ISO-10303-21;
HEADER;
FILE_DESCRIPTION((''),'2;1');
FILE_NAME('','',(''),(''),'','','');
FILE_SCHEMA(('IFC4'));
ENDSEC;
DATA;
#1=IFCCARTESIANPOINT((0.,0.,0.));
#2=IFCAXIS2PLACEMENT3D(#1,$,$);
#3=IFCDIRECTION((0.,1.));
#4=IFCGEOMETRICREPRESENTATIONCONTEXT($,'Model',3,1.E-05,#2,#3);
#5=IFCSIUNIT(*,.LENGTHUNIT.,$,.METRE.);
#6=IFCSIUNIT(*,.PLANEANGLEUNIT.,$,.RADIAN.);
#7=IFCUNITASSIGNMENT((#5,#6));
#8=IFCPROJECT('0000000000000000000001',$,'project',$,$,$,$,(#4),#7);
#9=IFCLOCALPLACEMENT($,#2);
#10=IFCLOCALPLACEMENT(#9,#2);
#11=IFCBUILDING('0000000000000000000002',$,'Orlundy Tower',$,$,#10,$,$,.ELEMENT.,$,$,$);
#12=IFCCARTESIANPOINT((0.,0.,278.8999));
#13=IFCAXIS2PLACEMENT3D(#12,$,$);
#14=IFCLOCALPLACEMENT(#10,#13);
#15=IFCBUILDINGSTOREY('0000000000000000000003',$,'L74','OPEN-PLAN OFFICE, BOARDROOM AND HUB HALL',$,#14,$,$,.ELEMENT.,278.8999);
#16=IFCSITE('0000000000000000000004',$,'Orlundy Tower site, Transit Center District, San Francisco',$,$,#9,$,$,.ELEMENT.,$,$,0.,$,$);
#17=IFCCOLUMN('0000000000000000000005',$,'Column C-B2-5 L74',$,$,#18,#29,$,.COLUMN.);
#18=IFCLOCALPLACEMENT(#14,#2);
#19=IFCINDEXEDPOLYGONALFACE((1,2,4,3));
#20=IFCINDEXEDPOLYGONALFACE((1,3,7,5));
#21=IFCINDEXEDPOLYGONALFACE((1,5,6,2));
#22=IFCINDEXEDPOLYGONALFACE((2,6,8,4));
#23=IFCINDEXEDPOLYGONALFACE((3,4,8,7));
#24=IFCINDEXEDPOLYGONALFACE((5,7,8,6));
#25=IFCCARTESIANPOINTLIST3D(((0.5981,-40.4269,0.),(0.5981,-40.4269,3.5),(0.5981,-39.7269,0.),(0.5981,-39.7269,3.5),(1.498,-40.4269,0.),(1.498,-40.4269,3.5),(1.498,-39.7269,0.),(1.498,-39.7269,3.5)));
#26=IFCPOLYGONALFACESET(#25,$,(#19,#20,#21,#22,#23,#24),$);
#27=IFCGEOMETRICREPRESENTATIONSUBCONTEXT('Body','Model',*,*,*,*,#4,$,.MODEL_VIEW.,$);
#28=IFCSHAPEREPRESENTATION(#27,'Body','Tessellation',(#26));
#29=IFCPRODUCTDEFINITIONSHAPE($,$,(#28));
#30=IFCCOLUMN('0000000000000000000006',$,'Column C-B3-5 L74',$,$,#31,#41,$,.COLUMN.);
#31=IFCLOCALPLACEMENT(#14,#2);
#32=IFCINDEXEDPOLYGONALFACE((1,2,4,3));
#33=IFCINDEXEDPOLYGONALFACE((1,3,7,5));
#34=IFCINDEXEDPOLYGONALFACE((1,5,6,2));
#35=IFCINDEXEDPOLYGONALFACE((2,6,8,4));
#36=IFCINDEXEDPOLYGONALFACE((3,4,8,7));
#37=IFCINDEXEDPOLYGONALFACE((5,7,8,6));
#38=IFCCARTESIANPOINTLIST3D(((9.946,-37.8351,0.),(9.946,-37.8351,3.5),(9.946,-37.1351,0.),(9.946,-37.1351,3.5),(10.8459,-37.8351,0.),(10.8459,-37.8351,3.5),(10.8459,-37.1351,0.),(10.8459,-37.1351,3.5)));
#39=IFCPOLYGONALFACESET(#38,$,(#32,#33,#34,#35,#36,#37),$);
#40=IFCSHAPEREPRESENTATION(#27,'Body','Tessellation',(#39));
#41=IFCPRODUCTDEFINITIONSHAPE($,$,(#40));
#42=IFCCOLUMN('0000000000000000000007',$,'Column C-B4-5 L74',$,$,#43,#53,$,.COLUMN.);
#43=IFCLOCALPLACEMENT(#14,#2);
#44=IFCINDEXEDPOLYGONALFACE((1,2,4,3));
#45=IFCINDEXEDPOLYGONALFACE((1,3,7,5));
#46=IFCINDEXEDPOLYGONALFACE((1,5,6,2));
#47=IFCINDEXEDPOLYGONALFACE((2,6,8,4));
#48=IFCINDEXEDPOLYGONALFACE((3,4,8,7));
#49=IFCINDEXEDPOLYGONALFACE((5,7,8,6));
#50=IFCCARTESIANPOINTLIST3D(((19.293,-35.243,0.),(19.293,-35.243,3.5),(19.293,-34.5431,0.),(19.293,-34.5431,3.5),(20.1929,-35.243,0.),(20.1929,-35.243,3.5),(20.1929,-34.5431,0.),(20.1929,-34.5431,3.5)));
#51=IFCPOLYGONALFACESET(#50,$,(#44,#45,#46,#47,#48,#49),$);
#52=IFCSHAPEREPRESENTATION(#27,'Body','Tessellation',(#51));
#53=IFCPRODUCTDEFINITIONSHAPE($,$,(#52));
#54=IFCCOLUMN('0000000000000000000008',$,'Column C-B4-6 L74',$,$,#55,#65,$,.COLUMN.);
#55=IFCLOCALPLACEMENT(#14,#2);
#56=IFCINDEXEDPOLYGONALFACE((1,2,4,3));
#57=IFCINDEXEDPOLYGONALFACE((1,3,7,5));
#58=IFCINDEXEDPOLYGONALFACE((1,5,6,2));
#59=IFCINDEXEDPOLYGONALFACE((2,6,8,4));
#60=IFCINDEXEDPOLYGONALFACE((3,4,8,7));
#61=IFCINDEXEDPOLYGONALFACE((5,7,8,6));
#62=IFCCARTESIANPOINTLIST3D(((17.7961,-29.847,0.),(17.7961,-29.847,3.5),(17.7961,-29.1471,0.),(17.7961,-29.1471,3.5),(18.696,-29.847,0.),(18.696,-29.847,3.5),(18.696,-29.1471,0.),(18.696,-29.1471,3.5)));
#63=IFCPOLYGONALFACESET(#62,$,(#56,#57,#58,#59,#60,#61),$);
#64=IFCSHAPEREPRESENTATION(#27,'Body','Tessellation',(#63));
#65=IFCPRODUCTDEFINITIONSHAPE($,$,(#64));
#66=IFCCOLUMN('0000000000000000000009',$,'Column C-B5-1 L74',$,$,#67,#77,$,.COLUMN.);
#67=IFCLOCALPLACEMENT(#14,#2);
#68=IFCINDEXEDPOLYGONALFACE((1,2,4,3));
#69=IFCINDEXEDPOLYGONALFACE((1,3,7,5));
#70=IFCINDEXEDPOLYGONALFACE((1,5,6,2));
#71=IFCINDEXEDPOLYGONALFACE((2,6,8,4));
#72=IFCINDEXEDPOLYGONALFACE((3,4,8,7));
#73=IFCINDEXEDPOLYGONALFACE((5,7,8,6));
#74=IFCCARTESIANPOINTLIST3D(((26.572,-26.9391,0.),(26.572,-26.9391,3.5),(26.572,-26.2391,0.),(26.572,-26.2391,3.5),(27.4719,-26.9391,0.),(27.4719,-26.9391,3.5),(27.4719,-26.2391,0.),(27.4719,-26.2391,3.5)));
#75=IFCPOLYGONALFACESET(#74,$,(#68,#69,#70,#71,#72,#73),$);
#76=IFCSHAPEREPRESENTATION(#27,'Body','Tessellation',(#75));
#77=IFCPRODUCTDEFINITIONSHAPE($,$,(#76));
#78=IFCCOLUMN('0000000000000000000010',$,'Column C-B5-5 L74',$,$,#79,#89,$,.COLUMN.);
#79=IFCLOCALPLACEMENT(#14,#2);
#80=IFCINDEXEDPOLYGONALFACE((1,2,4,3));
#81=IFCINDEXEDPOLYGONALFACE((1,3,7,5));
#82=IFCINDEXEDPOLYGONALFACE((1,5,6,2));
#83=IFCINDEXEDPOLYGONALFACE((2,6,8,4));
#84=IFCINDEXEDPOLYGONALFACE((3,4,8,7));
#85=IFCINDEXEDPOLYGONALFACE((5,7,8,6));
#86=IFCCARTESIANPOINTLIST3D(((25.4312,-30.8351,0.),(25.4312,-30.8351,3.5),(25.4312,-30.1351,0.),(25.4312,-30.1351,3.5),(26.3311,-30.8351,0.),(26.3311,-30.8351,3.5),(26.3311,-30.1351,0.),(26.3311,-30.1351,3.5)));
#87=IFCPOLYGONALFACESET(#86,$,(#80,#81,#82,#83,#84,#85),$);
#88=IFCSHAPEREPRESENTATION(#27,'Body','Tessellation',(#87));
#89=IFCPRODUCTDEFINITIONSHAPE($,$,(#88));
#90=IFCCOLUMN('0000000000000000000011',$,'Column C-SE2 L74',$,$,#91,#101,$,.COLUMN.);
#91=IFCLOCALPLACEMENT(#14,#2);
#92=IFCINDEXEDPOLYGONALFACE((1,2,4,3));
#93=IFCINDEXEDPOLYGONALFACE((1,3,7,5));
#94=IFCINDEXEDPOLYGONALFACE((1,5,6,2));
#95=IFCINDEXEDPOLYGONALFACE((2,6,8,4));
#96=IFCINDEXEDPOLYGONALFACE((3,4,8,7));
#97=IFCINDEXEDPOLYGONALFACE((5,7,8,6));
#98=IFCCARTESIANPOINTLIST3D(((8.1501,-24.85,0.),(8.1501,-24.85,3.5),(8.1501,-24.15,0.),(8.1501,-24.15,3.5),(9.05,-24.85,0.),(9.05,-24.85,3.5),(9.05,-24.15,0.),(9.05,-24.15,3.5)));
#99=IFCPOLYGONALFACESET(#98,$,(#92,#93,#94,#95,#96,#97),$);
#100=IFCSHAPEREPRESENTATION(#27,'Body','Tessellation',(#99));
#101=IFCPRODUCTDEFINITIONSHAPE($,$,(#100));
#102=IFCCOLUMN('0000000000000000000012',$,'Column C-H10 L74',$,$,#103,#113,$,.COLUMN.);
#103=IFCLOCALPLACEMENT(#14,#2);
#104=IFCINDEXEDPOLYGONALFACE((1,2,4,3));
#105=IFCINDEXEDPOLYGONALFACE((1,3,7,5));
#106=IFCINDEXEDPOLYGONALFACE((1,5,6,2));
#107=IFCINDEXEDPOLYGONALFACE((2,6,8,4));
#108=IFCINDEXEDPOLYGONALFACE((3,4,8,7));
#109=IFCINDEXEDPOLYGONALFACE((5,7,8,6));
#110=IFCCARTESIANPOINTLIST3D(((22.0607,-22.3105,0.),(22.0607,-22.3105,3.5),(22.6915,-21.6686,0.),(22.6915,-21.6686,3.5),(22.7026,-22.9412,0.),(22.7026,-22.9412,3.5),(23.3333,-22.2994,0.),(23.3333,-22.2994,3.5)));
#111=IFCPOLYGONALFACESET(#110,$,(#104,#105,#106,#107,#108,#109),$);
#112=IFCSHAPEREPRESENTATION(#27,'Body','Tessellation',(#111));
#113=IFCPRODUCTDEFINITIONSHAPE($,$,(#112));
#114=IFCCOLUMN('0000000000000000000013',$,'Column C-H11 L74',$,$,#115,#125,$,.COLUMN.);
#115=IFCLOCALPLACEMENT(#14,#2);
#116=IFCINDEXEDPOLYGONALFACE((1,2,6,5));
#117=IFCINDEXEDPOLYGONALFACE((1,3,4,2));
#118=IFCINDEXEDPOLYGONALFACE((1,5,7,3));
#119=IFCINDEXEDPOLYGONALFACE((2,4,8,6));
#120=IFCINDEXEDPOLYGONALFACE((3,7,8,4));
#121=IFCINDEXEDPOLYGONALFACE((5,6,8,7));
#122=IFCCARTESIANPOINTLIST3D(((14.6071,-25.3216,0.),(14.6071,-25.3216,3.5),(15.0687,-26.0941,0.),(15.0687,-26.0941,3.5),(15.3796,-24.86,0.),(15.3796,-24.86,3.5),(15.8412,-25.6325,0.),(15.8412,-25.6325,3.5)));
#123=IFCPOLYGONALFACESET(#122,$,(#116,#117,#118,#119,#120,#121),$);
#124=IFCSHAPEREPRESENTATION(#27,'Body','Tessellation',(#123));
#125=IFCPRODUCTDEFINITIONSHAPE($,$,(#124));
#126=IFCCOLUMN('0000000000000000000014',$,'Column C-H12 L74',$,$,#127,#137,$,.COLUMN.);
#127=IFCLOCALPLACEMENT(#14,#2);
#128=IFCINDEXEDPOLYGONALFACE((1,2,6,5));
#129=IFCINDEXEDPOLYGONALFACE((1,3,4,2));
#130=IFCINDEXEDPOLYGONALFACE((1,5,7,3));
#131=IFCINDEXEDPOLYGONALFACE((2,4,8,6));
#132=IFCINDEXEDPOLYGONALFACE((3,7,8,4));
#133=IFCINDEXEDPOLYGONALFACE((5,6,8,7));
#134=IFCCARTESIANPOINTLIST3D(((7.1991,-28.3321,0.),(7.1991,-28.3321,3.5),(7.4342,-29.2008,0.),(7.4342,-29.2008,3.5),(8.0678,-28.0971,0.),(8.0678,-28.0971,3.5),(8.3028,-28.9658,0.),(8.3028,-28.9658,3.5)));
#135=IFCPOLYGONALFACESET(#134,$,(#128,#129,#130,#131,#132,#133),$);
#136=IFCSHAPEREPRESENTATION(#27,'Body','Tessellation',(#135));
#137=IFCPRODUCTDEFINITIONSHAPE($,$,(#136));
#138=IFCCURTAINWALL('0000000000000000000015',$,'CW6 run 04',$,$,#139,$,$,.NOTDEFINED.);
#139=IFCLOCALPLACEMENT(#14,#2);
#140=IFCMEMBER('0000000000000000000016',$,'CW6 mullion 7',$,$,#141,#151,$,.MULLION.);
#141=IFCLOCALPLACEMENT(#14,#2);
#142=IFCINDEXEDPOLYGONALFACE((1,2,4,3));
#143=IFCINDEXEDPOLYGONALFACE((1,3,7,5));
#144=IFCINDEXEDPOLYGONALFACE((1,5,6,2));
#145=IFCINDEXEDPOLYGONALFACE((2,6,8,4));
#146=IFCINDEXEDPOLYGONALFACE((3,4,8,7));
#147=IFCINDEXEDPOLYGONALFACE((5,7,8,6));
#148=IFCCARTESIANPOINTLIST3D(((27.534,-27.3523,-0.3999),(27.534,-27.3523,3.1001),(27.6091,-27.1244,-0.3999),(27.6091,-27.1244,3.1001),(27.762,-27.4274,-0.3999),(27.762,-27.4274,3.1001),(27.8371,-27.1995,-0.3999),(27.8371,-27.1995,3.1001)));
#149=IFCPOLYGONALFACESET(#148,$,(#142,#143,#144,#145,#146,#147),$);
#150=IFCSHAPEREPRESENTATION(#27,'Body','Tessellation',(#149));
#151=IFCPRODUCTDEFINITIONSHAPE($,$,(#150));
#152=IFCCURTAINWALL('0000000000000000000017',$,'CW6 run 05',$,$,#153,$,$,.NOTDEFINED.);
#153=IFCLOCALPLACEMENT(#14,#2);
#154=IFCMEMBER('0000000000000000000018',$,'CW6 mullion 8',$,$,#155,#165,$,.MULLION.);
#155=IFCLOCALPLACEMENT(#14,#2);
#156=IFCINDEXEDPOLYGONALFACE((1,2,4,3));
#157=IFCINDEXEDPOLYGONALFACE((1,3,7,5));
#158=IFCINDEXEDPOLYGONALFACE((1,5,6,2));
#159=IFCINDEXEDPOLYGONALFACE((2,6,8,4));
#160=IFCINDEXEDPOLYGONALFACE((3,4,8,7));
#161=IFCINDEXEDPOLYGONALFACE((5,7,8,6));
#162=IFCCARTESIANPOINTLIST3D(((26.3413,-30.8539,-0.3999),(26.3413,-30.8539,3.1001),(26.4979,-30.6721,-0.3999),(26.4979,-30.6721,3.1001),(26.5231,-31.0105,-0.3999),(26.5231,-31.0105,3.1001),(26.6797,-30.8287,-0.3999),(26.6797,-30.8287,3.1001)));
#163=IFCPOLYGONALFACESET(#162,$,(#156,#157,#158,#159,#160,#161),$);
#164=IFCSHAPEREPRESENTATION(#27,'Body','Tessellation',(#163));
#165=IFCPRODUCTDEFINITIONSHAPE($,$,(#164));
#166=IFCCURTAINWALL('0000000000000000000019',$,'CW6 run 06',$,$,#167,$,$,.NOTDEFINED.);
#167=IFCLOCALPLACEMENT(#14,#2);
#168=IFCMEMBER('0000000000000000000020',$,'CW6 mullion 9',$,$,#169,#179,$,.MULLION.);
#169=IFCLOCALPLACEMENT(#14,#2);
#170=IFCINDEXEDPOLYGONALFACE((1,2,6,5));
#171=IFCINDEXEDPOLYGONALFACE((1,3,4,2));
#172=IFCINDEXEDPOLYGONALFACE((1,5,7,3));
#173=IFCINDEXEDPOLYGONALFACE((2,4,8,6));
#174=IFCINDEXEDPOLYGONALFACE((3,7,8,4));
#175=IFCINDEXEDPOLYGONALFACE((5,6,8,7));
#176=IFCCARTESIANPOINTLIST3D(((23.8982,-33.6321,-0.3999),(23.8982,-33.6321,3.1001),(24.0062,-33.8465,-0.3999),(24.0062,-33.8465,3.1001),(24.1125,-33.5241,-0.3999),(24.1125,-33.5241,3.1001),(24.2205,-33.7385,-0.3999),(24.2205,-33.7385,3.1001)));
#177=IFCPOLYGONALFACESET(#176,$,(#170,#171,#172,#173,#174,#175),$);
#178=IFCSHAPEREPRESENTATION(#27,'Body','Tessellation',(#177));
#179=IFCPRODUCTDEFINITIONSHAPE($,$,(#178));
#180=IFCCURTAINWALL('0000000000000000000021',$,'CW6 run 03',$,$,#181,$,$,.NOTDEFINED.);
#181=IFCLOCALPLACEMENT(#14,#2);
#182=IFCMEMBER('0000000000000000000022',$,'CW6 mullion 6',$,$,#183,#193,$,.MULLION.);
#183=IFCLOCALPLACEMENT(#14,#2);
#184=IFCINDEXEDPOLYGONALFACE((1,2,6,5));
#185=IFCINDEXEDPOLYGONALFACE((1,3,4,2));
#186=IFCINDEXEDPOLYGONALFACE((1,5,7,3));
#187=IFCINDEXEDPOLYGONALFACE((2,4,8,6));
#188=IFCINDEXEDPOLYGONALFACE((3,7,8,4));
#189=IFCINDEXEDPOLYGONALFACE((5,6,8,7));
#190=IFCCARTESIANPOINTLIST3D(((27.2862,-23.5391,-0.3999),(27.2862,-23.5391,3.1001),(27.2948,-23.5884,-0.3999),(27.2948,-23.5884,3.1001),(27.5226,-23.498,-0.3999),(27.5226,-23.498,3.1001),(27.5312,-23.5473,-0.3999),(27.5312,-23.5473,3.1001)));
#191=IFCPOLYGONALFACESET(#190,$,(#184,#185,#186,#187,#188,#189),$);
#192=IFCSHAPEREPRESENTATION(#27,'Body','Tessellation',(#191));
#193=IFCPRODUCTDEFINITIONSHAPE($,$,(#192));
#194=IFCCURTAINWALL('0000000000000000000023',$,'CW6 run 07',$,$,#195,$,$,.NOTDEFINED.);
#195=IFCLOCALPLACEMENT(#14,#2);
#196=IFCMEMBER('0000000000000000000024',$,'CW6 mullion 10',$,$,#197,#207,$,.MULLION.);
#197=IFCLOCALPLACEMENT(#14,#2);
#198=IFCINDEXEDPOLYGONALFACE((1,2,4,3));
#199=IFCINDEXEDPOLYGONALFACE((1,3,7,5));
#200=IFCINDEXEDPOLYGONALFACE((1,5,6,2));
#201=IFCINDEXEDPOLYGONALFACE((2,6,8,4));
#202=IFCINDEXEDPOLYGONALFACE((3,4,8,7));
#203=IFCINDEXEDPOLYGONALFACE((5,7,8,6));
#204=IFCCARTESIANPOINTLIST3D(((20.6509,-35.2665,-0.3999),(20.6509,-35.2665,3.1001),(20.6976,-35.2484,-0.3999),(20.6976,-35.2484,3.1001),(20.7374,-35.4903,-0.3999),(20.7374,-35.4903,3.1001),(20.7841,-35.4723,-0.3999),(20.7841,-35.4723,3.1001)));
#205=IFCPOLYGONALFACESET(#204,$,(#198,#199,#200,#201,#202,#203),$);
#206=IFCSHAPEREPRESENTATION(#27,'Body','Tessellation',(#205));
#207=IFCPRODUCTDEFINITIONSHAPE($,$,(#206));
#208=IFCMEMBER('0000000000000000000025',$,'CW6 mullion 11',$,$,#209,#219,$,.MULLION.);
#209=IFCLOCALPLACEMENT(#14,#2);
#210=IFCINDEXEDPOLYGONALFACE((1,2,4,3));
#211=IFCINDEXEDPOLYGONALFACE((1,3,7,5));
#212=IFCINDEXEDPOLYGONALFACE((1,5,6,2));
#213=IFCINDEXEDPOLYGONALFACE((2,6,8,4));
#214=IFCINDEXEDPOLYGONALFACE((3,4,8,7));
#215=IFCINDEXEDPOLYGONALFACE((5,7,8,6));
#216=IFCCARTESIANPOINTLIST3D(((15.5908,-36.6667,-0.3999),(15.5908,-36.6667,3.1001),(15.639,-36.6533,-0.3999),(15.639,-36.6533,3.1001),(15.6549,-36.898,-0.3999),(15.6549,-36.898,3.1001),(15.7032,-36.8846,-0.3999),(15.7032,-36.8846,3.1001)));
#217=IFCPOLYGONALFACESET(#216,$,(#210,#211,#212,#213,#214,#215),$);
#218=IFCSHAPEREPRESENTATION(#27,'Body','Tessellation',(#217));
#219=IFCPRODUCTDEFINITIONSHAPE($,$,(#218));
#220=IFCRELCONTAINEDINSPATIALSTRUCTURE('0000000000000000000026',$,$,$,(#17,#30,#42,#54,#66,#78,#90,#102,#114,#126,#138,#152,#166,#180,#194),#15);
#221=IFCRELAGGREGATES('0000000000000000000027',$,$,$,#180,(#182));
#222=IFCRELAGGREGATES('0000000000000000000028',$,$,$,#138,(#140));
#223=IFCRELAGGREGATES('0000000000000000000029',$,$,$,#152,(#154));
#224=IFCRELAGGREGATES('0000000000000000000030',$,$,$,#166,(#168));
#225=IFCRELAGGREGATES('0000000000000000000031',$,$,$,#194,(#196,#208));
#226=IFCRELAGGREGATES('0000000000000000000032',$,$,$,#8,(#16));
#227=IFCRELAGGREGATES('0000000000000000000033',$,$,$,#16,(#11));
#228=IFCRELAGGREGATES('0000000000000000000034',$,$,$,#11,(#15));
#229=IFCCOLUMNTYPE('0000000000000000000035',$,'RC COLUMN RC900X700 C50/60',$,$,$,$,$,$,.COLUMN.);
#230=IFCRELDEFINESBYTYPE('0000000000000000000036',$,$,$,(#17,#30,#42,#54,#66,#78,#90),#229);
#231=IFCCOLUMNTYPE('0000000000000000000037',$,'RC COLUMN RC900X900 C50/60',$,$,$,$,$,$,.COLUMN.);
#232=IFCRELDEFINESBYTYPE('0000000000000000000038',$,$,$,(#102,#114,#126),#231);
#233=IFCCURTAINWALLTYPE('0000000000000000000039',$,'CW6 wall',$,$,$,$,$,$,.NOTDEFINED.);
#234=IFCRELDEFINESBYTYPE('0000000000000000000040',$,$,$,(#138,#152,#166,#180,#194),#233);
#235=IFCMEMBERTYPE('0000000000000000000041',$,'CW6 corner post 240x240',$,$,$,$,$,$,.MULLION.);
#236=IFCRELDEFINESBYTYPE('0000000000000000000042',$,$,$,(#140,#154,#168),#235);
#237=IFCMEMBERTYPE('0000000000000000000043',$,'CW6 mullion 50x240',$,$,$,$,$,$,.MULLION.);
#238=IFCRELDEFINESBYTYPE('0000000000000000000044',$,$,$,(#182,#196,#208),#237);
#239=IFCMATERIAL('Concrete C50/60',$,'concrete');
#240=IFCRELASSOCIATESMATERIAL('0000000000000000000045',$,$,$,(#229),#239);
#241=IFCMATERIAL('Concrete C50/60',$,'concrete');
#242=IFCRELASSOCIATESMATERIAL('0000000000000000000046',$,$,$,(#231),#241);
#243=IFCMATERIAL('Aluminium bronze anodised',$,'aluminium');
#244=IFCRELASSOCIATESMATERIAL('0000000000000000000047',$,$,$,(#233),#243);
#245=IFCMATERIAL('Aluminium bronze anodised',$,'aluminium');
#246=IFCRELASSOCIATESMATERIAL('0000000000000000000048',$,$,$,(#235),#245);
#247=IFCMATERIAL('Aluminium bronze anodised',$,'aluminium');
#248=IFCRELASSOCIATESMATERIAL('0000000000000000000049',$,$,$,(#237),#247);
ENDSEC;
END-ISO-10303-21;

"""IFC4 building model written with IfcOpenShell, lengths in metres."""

from ifc_helpers import new_model, si_unit, direction, frame, origin, origin_2d, place, context, subcontext, project, spatial, rectangle, extrude, material, material_profile, profile_set, type_object, element, aggregate, save


model = new_model("IFC4")

# Units and contexts
model_context = context("Model", 3, precision=1e-05, world=origin(), true_north=direction((0.0, 1.0)))
body_context = subcontext(model_context, "Body", "Model", "MODEL_VIEW")
ifc_project = project(units=[si_unit("LENGTHUNIT", "METRE"), si_unit("PLANEANGLEUNIT", "RADIAN")], contexts=[model_context])

# Site, building, storey
site_placement = place(None, origin())
site = spatial("IfcSite", under=ifc_project, at=site_placement, Name="Orlundy Tower site, Transit Center District, San Francisco", CompositionType="ELEMENT", RefElevation=0.0)
building_placement = place(site_placement, origin())
building = spatial("IfcBuilding", under=site, at=building_placement, Name="Orlundy Tower", CompositionType="ELEMENT")
storey_placement = place(building_placement, frame((0.0, 0.0, 278.8999)))
storey = spatial("IfcBuildingStorey", under=building, at=storey_placement, Name="L74", Description="OPEN-PLAN OFFICE, BOARDROOM AND HUB HALL", CompositionType="ELEMENT", Elevation=278.8999)

# Columns
ifc_material_1 = material(Name="Concrete C50/60", Category="concrete")
ifc_material_profile_1 = material_profile(ifc_material_1, rectangle(XDim=0.8999, YDim=0.7, at=origin_2d()), Name="RC900X700")
ifc_profile_set_1 = profile_set([ifc_material_profile_1], Name="Concrete C50/60")
column_type_1 = type_object("IfcColumnType", Name="RC COLUMN RC900X700 C50/60", PredefinedType="COLUMN", material=ifc_profile_set_1)
for number, where, z_axis, x_axis, name in (
    (1, (1.0481, -40.0769, 0.0), (0.0, 0.0, 1.0), (1.0, 0.0, 0.0), "Column C-B2-5 L74"),
    (2, (10.396, -37.4851, 0.0), (0.0, 0.0, 1.0), (1.0, 0.0, 0.0), "Column C-B3-5 L74"),
    (3, (19.7429, -34.8931, 0.0), (0.0, 0.0, 1.0), (1.0, 0.0, 0.0), "Column C-B4-5 L74"),
    (4, (18.2461, -29.4971, 0.0), (0.0, 0.0, 1.0), (1.0, 0.0, 0.0), "Column C-B4-6 L74"),
    (5, (27.022, -26.5891, 0.0), (0.0, 0.0, 1.0), (1.0, 0.0, 0.0), "Column C-B5-1 L74"),
    (6, (25.8811, -30.4851, 0.0), (0.0, 0.0, 1.0), (1.0, 0.0, 0.0), "Column C-B5-5 L74"),
    (7, (8.6001, -24.5, 0.0), (0.0, 0.0, 1.0), (1.0, 0.0, 0.0), "Column C-SE2 L74"),
):
    element("IfcColumn", number, at=place(storey_placement, frame(where, z_axis=z_axis, x_axis=x_axis)), inside=storey, type_object=column_type_1, Name=name, PredefinedType="COLUMN", context=body_context, shape_type="SweptSolid", body=[
        extrude(rectangle(XDim=0.8999, YDim=0.7, at=origin_2d()), origin(), (0.0, 0.0, 1.0), 3.5),
    ])
ifc_material_2 = material(Name="Concrete C50/60", Category="concrete")
ifc_material_profile_2 = material_profile(ifc_material_2, rectangle(XDim=0.8999, YDim=0.8999, at=origin_2d()), Name="RC900X900")
ifc_profile_set_2 = profile_set([ifc_material_profile_2], Name="Concrete C50/60")
column_type_2 = type_object("IfcColumnType", Name="RC COLUMN RC900X900 C50/60", PredefinedType="COLUMN", material=ifc_profile_set_2)
for number, where, z_axis, x_axis, name in (
    (8, (22.697, -22.3049, 0.0), (0.0, 0.0, 1.0), (0.713238, -0.700922, 0.0), "Column C-H10 L74"),
    (9, (15.2241, -25.4771, 0.0), (0.0, 0.0, 1.0), (0.512957, -0.858414, 0.0), "Column C-H11 L74"),
    (10, (7.751, -28.6489, 0.0), (0.0, 0.0, 1.0), (0.261162, -0.965295, 0.0), "Column C-H12 L74"),
):
    element("IfcColumn", number, at=place(storey_placement, frame(where, z_axis=z_axis, x_axis=x_axis)), inside=storey, type_object=column_type_2, Name=name, PredefinedType="COLUMN", context=body_context, shape_type="SweptSolid", body=[
        extrude(rectangle(XDim=0.8999, YDim=0.8999, at=origin_2d()), origin(), (0.0, 0.0, 1.0), 3.5),
    ])

# Curtain walls, members
ifc_material_3 = material(Name="Aluminium bronze anodised", Category="aluminium")
curtain_wall_type = type_object("IfcCurtainWallType", Name="CW6 wall", PredefinedType="NOTDEFINED", material=ifc_material_3)
curtain_wall_1_placement = place(storey_placement, origin())
curtain_wall_1 = element("IfcCurtainWall", 11, at=curtain_wall_1_placement, inside=storey, type_object=curtain_wall_type, Name="CW6 run 04", PredefinedType="NOTDEFINED")
ifc_material_4 = material(Name="Aluminium bronze anodised", Category="aluminium")
ifc_material_profile_3 = material_profile(ifc_material_4, rectangle(XDim=0.24, YDim=0.24, at=origin_2d()), Name="CW6 corner post 240x240")
ifc_profile_set_3 = profile_set([ifc_material_profile_3], Name="Aluminium bronze anodised")
member_type_1 = type_object("IfcMemberType", Name="CW6 corner post 240x240", PredefinedType="MULLION", material=ifc_profile_set_3)
member_1_placement = place(storey_placement, frame((27.6855, -27.2759, -0.3999), z_axis=(0.0, 0.0, 1.0), x_axis=(0.949757, -0.312988, 0.0)))
member_1 = element("IfcMember", 12, at=member_1_placement, type_object=member_type_1, Name="CW6 mullion 7", PredefinedType="MULLION", context=body_context, shape_type="SweptSolid", body=[
    extrude(rectangle(XDim=0.24, YDim=0.24, at=origin_2d()), origin(), (0.0, 0.0, 1.0), 3.5),
])
curtain_wall_2_placement = place(storey_placement, origin())
curtain_wall_2 = element("IfcCurtainWall", 13, at=curtain_wall_2_placement, inside=storey, type_object=curtain_wall_type, Name="CW6 run 05", PredefinedType="NOTDEFINED")
member_2_placement = place(storey_placement, frame((26.5105, -30.8413, -0.3999), z_axis=(0.0, 0.0, 1.0), x_axis=(0.757502, -0.652833, 0.0)))
member_2 = element("IfcMember", 14, at=member_2_placement, type_object=member_type_1, Name="CW6 mullion 8", PredefinedType="MULLION", context=body_context, shape_type="SweptSolid", body=[
    extrude(rectangle(XDim=0.24, YDim=0.24, at=origin_2d()), origin(), (0.0, 0.0, 1.0), 3.5),
])
curtain_wall_3_placement = place(storey_placement, origin())
curtain_wall_3 = element("IfcCurtainWall", 15, at=curtain_wall_3_placement, inside=storey, type_object=curtain_wall_type, Name="CW6 run 06", PredefinedType="NOTDEFINED")
member_3_placement = place(storey_placement, frame((24.0593, -33.6853, -0.3999), z_axis=(0.0, 0.0, 1.0), x_axis=(0.450017, -0.89302, 0.0)))
member_3 = element("IfcMember", 16, at=member_3_placement, type_object=member_type_1, Name="CW6 mullion 9", PredefinedType="MULLION", context=body_context, shape_type="SweptSolid", body=[
    extrude(rectangle(XDim=0.24, YDim=0.24, at=origin_2d()), origin(), (0.0, 0.0, 1.0), 3.5),
])
curtain_wall_4_placement = place(storey_placement, origin())
curtain_wall_4 = element("IfcCurtainWall", 17, at=curtain_wall_4_placement, inside=storey, type_object=curtain_wall_type, Name="CW6 run 03", PredefinedType="NOTDEFINED")
ifc_material_5 = material(Name="Aluminium bronze anodised", Category="aluminium")
ifc_material_profile_4 = material_profile(ifc_material_5, rectangle(XDim=0.24, YDim=0.05, at=origin_2d()), Name="CW6 mullion 50x240")
ifc_profile_set_4 = profile_set([ifc_material_profile_4], Name="Aluminium bronze anodised")
member_type_2 = type_object("IfcMemberType", Name="CW6 mullion 50x240", PredefinedType="MULLION", material=ifc_profile_set_4)
member_4_placement = place(storey_placement, frame((27.4087, -23.5432, -0.3999), z_axis=(0.0, 0.0, 1.0), x_axis=(0.9852, 0.171411, 0.0)))
member_4 = element("IfcMember", 18, at=member_4_placement, type_object=member_type_2, Name="CW6 mullion 6", PredefinedType="MULLION", context=body_context, shape_type="SweptSolid", body=[
    extrude(rectangle(XDim=0.24, YDim=0.05, at=origin_2d()), origin(), (0.0, 0.0, 1.0), 3.5),
])

# Curtain wall, members
curtain_wall_5_placement = place(storey_placement, origin())
curtain_wall_5 = element("IfcCurtainWall", 19, at=curtain_wall_5_placement, inside=storey, type_object=curtain_wall_type, Name="CW6 run 07", PredefinedType="NOTDEFINED")
member_5_placement = place(storey_placement, frame((20.7175, -35.3694, -0.3999), z_axis=(0.0, 0.0, 1.0), x_axis=(0.360363, -0.932812, 0.0)))
member_5 = element("IfcMember", 20, at=member_5_placement, type_object=member_type_2, Name="CW6 mullion 10", PredefinedType="MULLION", context=body_context, shape_type="SweptSolid", body=[
    extrude(rectangle(XDim=0.24, YDim=0.05, at=origin_2d()), origin(), (0.0, 0.0, 1.0), 3.5),
])
member_6_placement = place(storey_placement, frame((15.647, -36.7756, -0.3999), z_axis=(0.0, 0.0, 1.0), x_axis=(0.267241, -0.96363, 0.0)))
member_6 = element("IfcMember", 21, at=member_6_placement, type_object=member_type_2, Name="CW6 mullion 11", PredefinedType="MULLION", context=body_context, shape_type="SweptSolid", body=[
    extrude(rectangle(XDim=0.24, YDim=0.05, at=origin_2d()), origin(), (0.0, 0.0, 1.0), 3.5),
])

aggregate(curtain_wall_4, [member_4])
aggregate(curtain_wall_1, [member_1])
aggregate(curtain_wall_2, [member_2])
aggregate(curtain_wall_3, [member_3])
aggregate(curtain_wall_5, [member_5, member_6])

save(model, "model.ifc")
